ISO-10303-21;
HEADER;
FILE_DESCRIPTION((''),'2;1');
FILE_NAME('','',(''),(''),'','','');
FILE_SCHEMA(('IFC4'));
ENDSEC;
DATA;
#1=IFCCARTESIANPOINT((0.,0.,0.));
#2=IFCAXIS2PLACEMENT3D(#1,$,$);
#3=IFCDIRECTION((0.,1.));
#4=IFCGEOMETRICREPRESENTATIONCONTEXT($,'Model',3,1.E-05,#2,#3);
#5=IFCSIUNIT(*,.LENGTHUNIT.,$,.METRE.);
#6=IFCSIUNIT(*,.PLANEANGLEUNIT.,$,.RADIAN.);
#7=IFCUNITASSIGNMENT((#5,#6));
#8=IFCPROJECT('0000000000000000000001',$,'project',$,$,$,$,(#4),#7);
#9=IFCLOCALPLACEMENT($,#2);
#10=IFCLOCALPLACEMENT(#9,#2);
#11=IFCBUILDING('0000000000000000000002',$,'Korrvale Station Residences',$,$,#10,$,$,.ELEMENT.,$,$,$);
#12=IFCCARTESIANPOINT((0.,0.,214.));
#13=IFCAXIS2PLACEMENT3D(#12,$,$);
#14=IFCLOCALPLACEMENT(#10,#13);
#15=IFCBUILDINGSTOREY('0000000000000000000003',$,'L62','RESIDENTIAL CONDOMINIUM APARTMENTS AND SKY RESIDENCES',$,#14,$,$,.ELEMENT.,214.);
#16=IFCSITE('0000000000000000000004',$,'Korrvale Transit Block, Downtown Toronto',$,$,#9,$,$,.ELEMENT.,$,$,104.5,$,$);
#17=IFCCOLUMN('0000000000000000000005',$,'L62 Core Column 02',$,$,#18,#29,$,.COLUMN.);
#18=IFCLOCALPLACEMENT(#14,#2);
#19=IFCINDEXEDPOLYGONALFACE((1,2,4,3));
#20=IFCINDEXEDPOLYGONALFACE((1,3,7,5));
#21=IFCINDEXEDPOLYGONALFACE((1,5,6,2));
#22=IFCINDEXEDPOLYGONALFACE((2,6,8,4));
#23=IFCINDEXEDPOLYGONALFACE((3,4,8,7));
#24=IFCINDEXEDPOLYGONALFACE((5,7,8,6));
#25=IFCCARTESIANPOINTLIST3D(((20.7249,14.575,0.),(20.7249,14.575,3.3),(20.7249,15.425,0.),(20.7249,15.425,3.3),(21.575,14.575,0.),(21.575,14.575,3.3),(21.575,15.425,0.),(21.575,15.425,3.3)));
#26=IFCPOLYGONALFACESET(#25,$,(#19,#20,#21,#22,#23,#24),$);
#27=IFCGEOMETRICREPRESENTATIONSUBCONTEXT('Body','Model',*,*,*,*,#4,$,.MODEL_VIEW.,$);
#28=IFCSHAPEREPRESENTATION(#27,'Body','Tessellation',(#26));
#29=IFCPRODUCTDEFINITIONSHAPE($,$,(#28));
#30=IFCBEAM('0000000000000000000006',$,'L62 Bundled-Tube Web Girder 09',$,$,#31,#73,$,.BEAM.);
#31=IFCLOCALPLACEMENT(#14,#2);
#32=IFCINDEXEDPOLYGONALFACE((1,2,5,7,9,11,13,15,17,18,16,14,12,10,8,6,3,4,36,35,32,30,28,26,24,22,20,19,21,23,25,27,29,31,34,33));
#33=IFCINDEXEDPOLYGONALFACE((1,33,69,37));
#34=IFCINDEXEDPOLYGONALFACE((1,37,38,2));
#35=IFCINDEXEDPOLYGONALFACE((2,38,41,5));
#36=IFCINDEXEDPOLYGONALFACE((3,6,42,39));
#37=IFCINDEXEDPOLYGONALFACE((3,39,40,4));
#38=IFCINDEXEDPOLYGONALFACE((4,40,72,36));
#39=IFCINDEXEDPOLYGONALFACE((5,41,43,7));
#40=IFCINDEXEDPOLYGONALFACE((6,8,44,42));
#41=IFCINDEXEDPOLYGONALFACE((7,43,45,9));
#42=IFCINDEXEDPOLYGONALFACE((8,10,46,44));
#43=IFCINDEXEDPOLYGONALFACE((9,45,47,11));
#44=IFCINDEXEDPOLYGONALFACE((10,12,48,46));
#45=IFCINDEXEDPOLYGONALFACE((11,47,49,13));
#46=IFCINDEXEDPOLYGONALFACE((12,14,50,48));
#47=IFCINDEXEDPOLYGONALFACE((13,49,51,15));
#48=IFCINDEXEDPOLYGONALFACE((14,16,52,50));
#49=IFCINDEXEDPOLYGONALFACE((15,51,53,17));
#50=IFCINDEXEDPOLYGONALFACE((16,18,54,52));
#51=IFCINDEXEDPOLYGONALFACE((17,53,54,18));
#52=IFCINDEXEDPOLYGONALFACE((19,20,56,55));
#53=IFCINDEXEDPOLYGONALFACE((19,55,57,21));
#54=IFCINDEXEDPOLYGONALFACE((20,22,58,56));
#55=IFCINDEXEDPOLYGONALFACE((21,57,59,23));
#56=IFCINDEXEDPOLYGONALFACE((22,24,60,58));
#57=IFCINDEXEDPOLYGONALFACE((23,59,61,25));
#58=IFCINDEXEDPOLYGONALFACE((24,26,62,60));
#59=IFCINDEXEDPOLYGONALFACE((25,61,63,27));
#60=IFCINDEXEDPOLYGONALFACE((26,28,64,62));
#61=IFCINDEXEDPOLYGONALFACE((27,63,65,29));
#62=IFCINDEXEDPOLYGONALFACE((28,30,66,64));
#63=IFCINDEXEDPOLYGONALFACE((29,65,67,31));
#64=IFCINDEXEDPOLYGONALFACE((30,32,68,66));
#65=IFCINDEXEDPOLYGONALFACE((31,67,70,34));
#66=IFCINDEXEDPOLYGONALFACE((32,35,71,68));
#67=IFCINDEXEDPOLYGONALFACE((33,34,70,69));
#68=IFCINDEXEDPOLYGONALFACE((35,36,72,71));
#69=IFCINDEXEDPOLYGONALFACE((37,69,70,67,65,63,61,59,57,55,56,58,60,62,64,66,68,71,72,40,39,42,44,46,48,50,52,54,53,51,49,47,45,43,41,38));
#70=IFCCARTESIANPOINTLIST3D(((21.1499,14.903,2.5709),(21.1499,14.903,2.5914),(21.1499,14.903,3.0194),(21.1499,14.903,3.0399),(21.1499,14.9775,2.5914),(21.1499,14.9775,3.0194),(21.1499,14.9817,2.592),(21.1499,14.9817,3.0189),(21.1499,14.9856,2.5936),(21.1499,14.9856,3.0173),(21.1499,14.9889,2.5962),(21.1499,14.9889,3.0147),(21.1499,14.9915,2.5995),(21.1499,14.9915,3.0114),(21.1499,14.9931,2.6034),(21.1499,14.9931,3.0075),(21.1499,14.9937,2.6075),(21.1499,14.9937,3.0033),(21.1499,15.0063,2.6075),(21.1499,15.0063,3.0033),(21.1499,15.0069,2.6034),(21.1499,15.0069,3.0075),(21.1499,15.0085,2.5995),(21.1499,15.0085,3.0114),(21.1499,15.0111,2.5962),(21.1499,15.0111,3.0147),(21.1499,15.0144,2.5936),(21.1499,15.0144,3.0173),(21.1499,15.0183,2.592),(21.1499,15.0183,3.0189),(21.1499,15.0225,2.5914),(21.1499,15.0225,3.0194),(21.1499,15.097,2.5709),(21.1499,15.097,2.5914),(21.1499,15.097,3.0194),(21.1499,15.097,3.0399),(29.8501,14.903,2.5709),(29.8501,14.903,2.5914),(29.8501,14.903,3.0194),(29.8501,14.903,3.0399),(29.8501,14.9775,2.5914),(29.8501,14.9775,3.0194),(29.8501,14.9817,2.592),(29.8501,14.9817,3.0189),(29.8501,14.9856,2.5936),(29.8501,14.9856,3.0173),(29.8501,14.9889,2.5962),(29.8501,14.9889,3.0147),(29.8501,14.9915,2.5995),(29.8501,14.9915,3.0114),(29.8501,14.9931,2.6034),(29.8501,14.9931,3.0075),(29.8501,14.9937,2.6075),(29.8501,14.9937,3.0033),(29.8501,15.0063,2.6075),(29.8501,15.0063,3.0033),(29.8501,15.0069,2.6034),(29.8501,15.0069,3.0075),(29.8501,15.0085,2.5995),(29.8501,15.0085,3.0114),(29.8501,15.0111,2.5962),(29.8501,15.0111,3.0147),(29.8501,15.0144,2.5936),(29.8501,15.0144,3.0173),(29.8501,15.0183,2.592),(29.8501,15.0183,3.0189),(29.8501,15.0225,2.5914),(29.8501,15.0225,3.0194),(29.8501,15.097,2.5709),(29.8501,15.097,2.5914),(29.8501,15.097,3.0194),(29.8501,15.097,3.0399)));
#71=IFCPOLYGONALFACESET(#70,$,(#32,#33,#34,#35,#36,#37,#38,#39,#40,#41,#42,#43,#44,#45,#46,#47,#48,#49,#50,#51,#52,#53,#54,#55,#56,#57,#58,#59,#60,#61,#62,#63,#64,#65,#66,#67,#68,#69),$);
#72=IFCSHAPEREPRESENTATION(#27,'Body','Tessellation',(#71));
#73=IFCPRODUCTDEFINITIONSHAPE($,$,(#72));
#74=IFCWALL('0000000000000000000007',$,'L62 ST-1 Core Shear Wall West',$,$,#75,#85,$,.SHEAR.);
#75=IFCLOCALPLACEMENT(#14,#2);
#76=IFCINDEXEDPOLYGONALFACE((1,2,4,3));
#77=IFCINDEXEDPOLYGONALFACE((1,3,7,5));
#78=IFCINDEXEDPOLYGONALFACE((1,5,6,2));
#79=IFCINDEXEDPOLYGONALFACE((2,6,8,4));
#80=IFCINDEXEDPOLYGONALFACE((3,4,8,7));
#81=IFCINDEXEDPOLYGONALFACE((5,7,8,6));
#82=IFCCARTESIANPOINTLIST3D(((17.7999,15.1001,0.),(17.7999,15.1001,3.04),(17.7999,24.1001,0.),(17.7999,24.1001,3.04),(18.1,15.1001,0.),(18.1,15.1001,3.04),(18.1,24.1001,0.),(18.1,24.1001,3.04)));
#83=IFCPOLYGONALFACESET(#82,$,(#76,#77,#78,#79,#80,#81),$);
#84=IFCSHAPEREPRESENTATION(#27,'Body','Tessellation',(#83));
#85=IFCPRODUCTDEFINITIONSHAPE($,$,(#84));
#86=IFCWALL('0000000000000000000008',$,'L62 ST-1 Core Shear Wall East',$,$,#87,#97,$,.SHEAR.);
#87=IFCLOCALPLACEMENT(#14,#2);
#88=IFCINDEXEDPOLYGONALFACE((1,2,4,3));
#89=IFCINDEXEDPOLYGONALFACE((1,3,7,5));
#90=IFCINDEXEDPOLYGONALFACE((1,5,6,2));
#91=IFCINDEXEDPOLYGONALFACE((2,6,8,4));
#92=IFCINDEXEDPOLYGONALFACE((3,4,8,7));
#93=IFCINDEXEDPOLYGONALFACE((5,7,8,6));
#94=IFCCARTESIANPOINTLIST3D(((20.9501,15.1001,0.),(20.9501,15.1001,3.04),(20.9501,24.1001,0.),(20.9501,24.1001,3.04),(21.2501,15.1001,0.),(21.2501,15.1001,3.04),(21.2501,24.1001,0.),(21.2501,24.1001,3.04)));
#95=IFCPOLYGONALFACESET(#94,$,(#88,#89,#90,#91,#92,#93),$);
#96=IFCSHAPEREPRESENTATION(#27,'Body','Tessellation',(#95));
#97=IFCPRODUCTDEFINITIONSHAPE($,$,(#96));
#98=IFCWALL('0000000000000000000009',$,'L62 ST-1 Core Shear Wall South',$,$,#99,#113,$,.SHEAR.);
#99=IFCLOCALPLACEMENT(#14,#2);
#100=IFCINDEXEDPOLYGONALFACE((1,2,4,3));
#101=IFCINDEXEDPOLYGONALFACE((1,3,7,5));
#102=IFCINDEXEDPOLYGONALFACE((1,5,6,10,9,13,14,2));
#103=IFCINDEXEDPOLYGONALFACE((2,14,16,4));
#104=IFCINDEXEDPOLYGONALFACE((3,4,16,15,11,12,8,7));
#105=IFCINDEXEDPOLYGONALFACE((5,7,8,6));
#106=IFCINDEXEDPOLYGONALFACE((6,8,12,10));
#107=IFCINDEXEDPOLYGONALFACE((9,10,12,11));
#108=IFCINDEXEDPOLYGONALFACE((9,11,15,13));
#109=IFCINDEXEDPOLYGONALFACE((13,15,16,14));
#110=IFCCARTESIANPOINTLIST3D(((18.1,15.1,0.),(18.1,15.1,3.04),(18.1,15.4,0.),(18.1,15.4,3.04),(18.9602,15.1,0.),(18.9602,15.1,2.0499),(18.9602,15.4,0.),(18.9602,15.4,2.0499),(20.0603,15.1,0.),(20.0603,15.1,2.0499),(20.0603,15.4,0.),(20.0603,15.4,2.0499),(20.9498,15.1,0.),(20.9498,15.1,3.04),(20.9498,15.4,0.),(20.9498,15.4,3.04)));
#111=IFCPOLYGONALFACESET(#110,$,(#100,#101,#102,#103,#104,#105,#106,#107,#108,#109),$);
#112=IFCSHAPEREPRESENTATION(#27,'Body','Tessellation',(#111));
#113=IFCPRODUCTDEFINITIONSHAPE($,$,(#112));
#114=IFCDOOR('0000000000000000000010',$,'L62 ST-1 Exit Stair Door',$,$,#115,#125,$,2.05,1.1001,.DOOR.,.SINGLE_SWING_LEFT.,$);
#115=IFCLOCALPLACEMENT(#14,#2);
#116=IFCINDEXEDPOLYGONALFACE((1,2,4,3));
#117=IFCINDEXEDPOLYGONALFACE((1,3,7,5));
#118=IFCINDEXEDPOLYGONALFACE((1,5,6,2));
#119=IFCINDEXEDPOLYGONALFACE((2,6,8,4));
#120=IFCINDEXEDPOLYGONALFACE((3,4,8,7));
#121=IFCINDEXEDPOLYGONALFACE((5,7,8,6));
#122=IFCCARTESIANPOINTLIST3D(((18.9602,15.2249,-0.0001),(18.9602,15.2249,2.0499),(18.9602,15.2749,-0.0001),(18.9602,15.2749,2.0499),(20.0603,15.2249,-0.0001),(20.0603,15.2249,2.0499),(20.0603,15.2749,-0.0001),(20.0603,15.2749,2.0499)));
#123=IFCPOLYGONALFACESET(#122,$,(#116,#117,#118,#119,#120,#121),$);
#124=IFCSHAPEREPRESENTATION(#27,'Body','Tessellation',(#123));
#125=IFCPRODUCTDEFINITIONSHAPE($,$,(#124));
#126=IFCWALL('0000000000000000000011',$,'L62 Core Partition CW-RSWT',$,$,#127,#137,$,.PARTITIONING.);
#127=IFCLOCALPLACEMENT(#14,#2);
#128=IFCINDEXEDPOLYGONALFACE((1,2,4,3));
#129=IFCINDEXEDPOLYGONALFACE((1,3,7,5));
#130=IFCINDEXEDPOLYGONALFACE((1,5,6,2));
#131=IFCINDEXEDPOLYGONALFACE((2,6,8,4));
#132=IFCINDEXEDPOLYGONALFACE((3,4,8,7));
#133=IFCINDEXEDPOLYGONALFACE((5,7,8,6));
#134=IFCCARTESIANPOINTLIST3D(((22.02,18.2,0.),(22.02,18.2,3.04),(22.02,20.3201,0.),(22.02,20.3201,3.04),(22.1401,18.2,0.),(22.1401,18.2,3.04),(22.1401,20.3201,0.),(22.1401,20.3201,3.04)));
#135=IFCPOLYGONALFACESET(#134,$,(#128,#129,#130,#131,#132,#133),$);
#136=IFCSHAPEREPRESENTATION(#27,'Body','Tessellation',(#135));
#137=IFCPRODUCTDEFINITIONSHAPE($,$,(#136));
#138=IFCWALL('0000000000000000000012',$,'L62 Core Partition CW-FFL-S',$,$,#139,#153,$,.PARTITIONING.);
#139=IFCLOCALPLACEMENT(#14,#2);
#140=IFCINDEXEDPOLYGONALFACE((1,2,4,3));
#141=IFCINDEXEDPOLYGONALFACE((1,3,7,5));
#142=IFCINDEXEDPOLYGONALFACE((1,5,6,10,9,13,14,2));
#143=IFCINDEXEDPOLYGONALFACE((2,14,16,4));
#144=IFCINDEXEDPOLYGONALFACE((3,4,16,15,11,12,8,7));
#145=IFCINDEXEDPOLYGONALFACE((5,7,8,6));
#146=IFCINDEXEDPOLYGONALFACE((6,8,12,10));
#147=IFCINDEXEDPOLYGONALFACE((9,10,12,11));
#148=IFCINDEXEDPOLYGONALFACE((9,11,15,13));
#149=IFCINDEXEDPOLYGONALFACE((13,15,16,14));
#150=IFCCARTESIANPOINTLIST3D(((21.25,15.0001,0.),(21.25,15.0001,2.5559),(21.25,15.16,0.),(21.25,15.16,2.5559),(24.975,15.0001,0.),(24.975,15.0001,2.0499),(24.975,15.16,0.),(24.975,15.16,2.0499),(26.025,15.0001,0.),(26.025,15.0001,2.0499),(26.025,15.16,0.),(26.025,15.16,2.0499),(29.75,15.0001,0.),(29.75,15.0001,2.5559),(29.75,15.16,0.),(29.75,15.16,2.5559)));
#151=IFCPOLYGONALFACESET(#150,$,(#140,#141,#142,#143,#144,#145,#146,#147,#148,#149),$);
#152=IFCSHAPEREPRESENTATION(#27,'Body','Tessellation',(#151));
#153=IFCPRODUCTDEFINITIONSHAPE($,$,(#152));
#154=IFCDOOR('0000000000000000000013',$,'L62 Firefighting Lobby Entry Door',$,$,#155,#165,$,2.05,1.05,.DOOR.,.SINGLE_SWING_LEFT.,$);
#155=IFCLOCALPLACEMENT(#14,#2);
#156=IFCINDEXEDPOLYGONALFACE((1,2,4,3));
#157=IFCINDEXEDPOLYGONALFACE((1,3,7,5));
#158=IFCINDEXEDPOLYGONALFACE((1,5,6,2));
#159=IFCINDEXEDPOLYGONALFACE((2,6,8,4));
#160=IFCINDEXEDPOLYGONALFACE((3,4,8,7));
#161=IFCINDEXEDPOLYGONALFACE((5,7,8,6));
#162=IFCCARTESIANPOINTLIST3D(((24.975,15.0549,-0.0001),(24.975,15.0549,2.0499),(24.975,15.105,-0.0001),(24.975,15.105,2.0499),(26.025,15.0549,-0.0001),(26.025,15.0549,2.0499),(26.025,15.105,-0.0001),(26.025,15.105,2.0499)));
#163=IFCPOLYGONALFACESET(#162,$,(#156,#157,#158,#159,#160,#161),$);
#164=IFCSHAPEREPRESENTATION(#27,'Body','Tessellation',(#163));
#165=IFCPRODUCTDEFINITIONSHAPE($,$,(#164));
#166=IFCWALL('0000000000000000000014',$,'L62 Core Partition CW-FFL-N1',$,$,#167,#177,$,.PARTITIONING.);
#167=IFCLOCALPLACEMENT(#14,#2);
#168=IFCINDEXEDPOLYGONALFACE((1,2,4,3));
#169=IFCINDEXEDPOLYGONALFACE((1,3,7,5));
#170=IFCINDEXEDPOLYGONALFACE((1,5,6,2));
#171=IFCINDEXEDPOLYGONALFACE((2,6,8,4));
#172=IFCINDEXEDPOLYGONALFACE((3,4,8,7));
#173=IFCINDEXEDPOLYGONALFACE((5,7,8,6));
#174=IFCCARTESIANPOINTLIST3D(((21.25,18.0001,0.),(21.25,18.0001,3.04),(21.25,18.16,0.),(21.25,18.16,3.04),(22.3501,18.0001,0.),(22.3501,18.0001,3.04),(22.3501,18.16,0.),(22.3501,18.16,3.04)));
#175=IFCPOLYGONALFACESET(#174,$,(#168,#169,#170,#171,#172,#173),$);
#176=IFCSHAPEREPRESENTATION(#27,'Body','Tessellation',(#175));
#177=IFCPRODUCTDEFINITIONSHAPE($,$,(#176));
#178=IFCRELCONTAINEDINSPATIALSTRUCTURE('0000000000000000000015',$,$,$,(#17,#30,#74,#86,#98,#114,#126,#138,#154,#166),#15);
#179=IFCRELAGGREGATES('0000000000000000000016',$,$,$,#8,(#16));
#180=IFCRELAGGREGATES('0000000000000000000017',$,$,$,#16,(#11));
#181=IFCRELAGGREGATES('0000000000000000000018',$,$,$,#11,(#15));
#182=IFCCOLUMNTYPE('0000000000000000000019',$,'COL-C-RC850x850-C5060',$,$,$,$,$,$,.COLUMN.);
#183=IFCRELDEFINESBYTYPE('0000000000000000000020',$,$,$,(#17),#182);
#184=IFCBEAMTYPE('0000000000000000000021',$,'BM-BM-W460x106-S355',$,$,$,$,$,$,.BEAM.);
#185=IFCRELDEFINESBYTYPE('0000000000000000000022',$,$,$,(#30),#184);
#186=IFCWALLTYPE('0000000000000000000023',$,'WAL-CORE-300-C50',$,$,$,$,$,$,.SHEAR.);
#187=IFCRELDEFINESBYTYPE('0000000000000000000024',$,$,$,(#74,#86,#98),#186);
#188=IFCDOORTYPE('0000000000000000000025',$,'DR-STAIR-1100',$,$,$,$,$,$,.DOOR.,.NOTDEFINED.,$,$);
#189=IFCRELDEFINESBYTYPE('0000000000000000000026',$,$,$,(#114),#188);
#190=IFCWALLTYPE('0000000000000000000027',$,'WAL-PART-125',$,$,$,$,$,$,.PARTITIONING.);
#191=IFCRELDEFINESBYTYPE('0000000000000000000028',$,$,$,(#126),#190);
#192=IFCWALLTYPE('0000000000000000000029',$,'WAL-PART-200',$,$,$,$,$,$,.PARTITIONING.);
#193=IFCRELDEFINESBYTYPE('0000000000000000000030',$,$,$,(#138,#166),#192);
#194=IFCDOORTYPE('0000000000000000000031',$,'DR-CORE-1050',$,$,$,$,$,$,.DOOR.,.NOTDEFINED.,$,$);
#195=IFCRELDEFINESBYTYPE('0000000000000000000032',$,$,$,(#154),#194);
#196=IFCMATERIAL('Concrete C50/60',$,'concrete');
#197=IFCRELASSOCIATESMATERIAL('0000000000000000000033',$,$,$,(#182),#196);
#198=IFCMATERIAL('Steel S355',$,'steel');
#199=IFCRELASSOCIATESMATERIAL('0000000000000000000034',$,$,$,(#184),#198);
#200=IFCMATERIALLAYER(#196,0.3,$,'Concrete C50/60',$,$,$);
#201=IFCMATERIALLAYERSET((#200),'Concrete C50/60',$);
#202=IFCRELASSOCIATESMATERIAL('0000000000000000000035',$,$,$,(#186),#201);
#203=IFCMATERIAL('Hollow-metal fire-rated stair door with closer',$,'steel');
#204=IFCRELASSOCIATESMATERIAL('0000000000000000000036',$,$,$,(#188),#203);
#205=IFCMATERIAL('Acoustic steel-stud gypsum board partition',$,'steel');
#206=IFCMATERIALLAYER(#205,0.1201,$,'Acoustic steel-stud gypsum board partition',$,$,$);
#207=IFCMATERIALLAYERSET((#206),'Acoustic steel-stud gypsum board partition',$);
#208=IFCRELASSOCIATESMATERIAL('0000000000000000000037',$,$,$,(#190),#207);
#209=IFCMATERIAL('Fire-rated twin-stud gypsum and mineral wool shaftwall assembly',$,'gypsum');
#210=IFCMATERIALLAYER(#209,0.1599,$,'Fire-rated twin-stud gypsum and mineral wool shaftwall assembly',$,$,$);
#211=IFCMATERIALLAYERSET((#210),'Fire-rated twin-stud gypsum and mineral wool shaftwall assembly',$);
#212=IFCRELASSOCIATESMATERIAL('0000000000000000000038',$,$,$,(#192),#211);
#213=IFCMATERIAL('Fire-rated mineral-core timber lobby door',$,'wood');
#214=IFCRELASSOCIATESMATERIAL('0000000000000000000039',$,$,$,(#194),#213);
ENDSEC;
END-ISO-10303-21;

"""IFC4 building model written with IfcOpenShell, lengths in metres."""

from ifc_helpers import new_model, si_unit, direction, frame, frame_2d, origin, origin_2d, place, context, subcontext, project, spatial, rectangle, i_section, extrude, material, layer, layer_set, material_profile, profile_set, type_object, element, fill, save


model = new_model("IFC4")

# Units and contexts
model_context = context("Model", 3, precision=1e-05, world=origin(), true_north=direction((0.0, 1.0)))
body_context = subcontext(model_context, "Body", "Model", "MODEL_VIEW")
ifc_project = project(units=[si_unit("LENGTHUNIT", "METRE"), si_unit("PLANEANGLEUNIT", "RADIAN")], contexts=[model_context])

# Site, building, storey
site_placement = place(None, origin())
site = spatial("IfcSite", under=ifc_project, at=site_placement, Name="Korrvale Transit Block, Downtown Toronto", CompositionType="ELEMENT", RefElevation=104.5)
building_placement = place(site_placement, origin())
building = spatial("IfcBuilding", under=site, at=building_placement, Name="Korrvale Station Residences", CompositionType="ELEMENT")
storey_placement = place(building_placement, frame((0.0, 0.0, 214.0)))
storey = spatial("IfcBuildingStorey", under=building, at=storey_placement, Name="L62", Description="RESIDENTIAL CONDOMINIUM APARTMENTS AND SKY RESIDENCES", CompositionType="ELEMENT", Elevation=214.0)

# Column
ifc_material_1 = material(Name="Concrete C50/60", Category="concrete")
ifc_material_profile_1 = material_profile(ifc_material_1, rectangle(XDim=0.8501, YDim=0.8501, at=origin_2d()), Name="RC850x850")
ifc_profile_set_1 = profile_set([ifc_material_profile_1], Name="Concrete C50/60")
column_type = type_object("IfcColumnType", Name="COL-C-RC850x850-C5060", PredefinedType="COLUMN", material=ifc_profile_set_1)
column_placement = place(storey_placement, frame((21.1499, 15.0, 0.0), z_axis=(0.0, 0.0, 1.0), x_axis=(1.0, 0.0, 0.0)))
element("IfcColumn", 1, at=column_placement, inside=storey, type_object=column_type, Name="L62 Core Column 02", PredefinedType="COLUMN", context=body_context, shape_type="SweptSolid", body=[
    extrude(rectangle(XDim=0.8501, YDim=0.8501, at=origin_2d()), origin(), (0.0, 0.0, 1.0), 3.3),
])

# Beam
ifc_material_2 = material(Name="Steel S355", Category="steel")
ifc_material_profile_2 = material_profile(ifc_material_2, i_section(OverallWidth=0.1941, OverallDepth=0.469, WebThickness=0.0127, FlangeThickness=0.0205, FilletRadius=0.0161, at=origin_2d()), Name="W460x106")
ifc_profile_set_2 = profile_set([ifc_material_profile_2], Name="Steel S355")
beam_type = type_object("IfcBeamType", Name="BM-BM-W460x106-S355", PredefinedType="BEAM", material=ifc_profile_set_2)
beam_placement = place(storey_placement, frame((21.1499, 15.0, 2.8054), z_axis=(1.0, 0.0, 0.0), x_axis=(0.0, 1.0, 0.0)))
element("IfcBeam", 2, at=beam_placement, inside=storey, type_object=beam_type, Name="L62 Bundled-Tube Web Girder 09", PredefinedType="BEAM", context=body_context, shape_type="SweptSolid", body=[
    extrude(i_section(OverallWidth=0.1941, OverallDepth=0.469, WebThickness=0.0127, FlangeThickness=0.0205, FilletRadius=0.0161, at=origin_2d()), origin(), (0.0, 0.0, 1.0), 8.7002),
])

# Walls
ifc_layer_1 = layer(ifc_material_1, 0.3, Name="Concrete C50/60")
ifc_layer_set_1 = layer_set([ifc_layer_1], Name="Concrete C50/60")
wall_type_1 = type_object("IfcWallType", Name="WAL-CORE-300-C50", PredefinedType="SHEAR", material=ifc_layer_set_1)
for number, where, z_axis, x_axis, name in (
    (3, (17.95, 15.1001, 0.0), (0.0, 0.0, 1.0), (0.0, 1.0, 0.0), "L62 ST-1 Core Shear Wall West"),
    (4, (21.1001, 15.1001, 0.0), (0.0, 0.0, 1.0), (0.0, 1.0, 0.0), "L62 ST-1 Core Shear Wall East"),
):
    element("IfcWall", number, at=place(storey_placement, frame(where, z_axis=z_axis, x_axis=x_axis)), inside=storey, type_object=wall_type_1, Name=name, PredefinedType="SHEAR", context=body_context, shape_type="SweptSolid", body=[
        extrude(rectangle(XDim=9.0, YDim=0.3, at=frame_2d((4.5, 0.0))), origin(), (0.0, 0.0, 1.0), 3.04),
    ])

# Wall, opening, door
wall_1_placement = place(storey_placement, frame((18.1001, 15.25, 0.0), z_axis=(0.0, 0.0, 1.0), x_axis=(1.0, 0.0, 0.0)))
wall_1 = element("IfcWall", 5, at=wall_1_placement, inside=storey, type_object=wall_type_1, Name="L62 ST-1 Core Shear Wall South", PredefinedType="SHEAR", context=body_context, shape_type="SweptSolid", body=[
    extrude(rectangle(XDim=2.8499, YDim=0.3, at=frame_2d((1.4248, 0.0))), origin(), (0.0, 0.0, 1.0), 3.04),
])
opening_1_placement = place(wall_1_placement, frame((0.8601, 0.0, 0.0)))
opening_1 = element("IfcOpeningElement", 6, at=opening_1_placement, cuts=wall_1, PredefinedType="OPENING", context=body_context, shape_type="SweptSolid", body=[
    extrude(rectangle(XDim=1.1001, YDim=2.05, at=frame_2d((0.55, 1.0249))), frame((0.0, 0.1602, 0.0), z_axis=(0.0, -1.0, 0.0), x_axis=(1.0, 0.0, 0.0)), (0.0, 0.0, 1.0), 0.3201),
])
ifc_material_3 = material(Name="Hollow-metal fire-rated stair door with closer", Category="steel")
door_type_1 = type_object("IfcDoorType", Name="DR-STAIR-1100", OperationType="NOTDEFINED", PredefinedType="DOOR", material=ifc_material_3)
door_1_placement = place(opening_1_placement, origin())
door_1 = element("IfcDoor", 7, at=door_1_placement, inside=storey, type_object=door_type_1, Name="L62 ST-1 Exit Stair Door", OperationType="SINGLE_SWING_LEFT", OverallHeight=2.05, OverallWidth=1.1001, PredefinedType="DOOR", context=body_context, shape_type="SweptSolid", body=[
    extrude(rectangle(XDim=1.1001, YDim=2.05, at=frame_2d((0.55, 1.0249))), frame((0.0, 0.0249, 0.0), z_axis=(0.0, -1.0, 0.0), x_axis=(1.0, 0.0, 0.0)), (0.0, 0.0, 1.0), 0.05),
])
fill(opening_1, door_1)

# Wall
ifc_material_4 = material(Name="Acoustic steel-stud gypsum board partition", Category="steel")
ifc_layer_2 = layer(ifc_material_4, 0.1201, Name="Acoustic steel-stud gypsum board partition")
ifc_layer_set_2 = layer_set([ifc_layer_2], Name="Acoustic steel-stud gypsum board partition")
wall_type_2 = type_object("IfcWallType", Name="WAL-PART-125", PredefinedType="PARTITIONING", material=ifc_layer_set_2)
wall_2_placement = place(storey_placement, frame((22.0801, 18.2, 0.0), z_axis=(0.0, 0.0, 1.0), x_axis=(0.0, 1.0, 0.0)))
element("IfcWall", 8, at=wall_2_placement, inside=storey, type_object=wall_type_2, Name="L62 Core Partition CW-RSWT", PredefinedType="PARTITIONING", context=body_context, shape_type="SweptSolid", body=[
    extrude(rectangle(XDim=2.1201, YDim=0.1201, at=frame_2d((1.0601, 0.0))), origin(), (0.0, 0.0, 1.0), 3.04),
])

# Wall, opening, door
ifc_material_5 = material(Name="Fire-rated twin-stud gypsum and mineral wool shaftwall assembly", Category="gypsum")
ifc_layer_3 = layer(ifc_material_5, 0.1599, Name="Fire-rated twin-stud gypsum and mineral wool shaftwall assembly")
ifc_layer_set_3 = layer_set([ifc_layer_3], Name="Fire-rated twin-stud gypsum and mineral wool shaftwall assembly")
wall_type_3 = type_object("IfcWallType", Name="WAL-PART-200", PredefinedType="PARTITIONING", material=ifc_layer_set_3)
wall_3_placement = place(storey_placement, frame((21.25, 15.0801, 0.0), z_axis=(0.0, 0.0, 1.0), x_axis=(1.0, 0.0, 0.0)))
wall_3 = element("IfcWall", 9, at=wall_3_placement, inside=storey, type_object=wall_type_3, Name="L62 Core Partition CW-FFL-S", PredefinedType="PARTITIONING", context=body_context, shape_type="SweptSolid", body=[
    extrude(rectangle(XDim=8.5, YDim=0.1599, at=frame_2d((4.25, 0.0))), origin(), (0.0, 0.0, 1.0), 2.5559),
])
opening_2_placement = place(wall_3_placement, frame((3.7251, 0.0, 0.0)))
opening_2 = element("IfcOpeningElement", 10, at=opening_2_placement, cuts=wall_3, PredefinedType="OPENING", context=body_context, shape_type="SweptSolid", body=[
    extrude(rectangle(XDim=1.05, YDim=2.05, at=frame_2d((0.5249, 1.0249))), frame((0.0, 0.0898, 0.0), z_axis=(0.0, -1.0, 0.0), x_axis=(1.0, 0.0, 0.0)), (0.0, 0.0, 1.0), 0.1799),
])
ifc_material_6 = material(Name="Fire-rated mineral-core timber lobby door", Category="wood")
door_type_2 = type_object("IfcDoorType", Name="DR-CORE-1050", OperationType="NOTDEFINED", PredefinedType="DOOR", material=ifc_material_6)
door_2_placement = place(opening_2_placement, origin())
door_2 = element("IfcDoor", 11, at=door_2_placement, inside=storey, type_object=door_type_2, Name="L62 Firefighting Lobby Entry Door", OperationType="SINGLE_SWING_LEFT", OverallHeight=2.05, OverallWidth=1.05, PredefinedType="DOOR", context=body_context, shape_type="SweptSolid", body=[
    extrude(rectangle(XDim=1.05, YDim=2.05, at=frame_2d((0.5249, 1.0249))), frame((0.0, 0.0249, 0.0), z_axis=(0.0, -1.0, 0.0), x_axis=(1.0, 0.0, 0.0)), (0.0, 0.0, 1.0), 0.05),
])
fill(opening_2, door_2)

# Wall
wall_4_placement = place(storey_placement, frame((21.25, 18.0801, 0.0), z_axis=(0.0, 0.0, 1.0), x_axis=(1.0, 0.0, 0.0)))
element("IfcWall", 12, at=wall_4_placement, inside=storey, type_object=wall_type_3, Name="L62 Core Partition CW-FFL-N1", PredefinedType="PARTITIONING", context=body_context, shape_type="SweptSolid", body=[
    extrude(rectangle(XDim=1.1001, YDim=0.1599, at=frame_2d((0.55, 0.0))), origin(), (0.0, 0.0, 1.0), 3.04),
])

save(model, "model.ifc")
